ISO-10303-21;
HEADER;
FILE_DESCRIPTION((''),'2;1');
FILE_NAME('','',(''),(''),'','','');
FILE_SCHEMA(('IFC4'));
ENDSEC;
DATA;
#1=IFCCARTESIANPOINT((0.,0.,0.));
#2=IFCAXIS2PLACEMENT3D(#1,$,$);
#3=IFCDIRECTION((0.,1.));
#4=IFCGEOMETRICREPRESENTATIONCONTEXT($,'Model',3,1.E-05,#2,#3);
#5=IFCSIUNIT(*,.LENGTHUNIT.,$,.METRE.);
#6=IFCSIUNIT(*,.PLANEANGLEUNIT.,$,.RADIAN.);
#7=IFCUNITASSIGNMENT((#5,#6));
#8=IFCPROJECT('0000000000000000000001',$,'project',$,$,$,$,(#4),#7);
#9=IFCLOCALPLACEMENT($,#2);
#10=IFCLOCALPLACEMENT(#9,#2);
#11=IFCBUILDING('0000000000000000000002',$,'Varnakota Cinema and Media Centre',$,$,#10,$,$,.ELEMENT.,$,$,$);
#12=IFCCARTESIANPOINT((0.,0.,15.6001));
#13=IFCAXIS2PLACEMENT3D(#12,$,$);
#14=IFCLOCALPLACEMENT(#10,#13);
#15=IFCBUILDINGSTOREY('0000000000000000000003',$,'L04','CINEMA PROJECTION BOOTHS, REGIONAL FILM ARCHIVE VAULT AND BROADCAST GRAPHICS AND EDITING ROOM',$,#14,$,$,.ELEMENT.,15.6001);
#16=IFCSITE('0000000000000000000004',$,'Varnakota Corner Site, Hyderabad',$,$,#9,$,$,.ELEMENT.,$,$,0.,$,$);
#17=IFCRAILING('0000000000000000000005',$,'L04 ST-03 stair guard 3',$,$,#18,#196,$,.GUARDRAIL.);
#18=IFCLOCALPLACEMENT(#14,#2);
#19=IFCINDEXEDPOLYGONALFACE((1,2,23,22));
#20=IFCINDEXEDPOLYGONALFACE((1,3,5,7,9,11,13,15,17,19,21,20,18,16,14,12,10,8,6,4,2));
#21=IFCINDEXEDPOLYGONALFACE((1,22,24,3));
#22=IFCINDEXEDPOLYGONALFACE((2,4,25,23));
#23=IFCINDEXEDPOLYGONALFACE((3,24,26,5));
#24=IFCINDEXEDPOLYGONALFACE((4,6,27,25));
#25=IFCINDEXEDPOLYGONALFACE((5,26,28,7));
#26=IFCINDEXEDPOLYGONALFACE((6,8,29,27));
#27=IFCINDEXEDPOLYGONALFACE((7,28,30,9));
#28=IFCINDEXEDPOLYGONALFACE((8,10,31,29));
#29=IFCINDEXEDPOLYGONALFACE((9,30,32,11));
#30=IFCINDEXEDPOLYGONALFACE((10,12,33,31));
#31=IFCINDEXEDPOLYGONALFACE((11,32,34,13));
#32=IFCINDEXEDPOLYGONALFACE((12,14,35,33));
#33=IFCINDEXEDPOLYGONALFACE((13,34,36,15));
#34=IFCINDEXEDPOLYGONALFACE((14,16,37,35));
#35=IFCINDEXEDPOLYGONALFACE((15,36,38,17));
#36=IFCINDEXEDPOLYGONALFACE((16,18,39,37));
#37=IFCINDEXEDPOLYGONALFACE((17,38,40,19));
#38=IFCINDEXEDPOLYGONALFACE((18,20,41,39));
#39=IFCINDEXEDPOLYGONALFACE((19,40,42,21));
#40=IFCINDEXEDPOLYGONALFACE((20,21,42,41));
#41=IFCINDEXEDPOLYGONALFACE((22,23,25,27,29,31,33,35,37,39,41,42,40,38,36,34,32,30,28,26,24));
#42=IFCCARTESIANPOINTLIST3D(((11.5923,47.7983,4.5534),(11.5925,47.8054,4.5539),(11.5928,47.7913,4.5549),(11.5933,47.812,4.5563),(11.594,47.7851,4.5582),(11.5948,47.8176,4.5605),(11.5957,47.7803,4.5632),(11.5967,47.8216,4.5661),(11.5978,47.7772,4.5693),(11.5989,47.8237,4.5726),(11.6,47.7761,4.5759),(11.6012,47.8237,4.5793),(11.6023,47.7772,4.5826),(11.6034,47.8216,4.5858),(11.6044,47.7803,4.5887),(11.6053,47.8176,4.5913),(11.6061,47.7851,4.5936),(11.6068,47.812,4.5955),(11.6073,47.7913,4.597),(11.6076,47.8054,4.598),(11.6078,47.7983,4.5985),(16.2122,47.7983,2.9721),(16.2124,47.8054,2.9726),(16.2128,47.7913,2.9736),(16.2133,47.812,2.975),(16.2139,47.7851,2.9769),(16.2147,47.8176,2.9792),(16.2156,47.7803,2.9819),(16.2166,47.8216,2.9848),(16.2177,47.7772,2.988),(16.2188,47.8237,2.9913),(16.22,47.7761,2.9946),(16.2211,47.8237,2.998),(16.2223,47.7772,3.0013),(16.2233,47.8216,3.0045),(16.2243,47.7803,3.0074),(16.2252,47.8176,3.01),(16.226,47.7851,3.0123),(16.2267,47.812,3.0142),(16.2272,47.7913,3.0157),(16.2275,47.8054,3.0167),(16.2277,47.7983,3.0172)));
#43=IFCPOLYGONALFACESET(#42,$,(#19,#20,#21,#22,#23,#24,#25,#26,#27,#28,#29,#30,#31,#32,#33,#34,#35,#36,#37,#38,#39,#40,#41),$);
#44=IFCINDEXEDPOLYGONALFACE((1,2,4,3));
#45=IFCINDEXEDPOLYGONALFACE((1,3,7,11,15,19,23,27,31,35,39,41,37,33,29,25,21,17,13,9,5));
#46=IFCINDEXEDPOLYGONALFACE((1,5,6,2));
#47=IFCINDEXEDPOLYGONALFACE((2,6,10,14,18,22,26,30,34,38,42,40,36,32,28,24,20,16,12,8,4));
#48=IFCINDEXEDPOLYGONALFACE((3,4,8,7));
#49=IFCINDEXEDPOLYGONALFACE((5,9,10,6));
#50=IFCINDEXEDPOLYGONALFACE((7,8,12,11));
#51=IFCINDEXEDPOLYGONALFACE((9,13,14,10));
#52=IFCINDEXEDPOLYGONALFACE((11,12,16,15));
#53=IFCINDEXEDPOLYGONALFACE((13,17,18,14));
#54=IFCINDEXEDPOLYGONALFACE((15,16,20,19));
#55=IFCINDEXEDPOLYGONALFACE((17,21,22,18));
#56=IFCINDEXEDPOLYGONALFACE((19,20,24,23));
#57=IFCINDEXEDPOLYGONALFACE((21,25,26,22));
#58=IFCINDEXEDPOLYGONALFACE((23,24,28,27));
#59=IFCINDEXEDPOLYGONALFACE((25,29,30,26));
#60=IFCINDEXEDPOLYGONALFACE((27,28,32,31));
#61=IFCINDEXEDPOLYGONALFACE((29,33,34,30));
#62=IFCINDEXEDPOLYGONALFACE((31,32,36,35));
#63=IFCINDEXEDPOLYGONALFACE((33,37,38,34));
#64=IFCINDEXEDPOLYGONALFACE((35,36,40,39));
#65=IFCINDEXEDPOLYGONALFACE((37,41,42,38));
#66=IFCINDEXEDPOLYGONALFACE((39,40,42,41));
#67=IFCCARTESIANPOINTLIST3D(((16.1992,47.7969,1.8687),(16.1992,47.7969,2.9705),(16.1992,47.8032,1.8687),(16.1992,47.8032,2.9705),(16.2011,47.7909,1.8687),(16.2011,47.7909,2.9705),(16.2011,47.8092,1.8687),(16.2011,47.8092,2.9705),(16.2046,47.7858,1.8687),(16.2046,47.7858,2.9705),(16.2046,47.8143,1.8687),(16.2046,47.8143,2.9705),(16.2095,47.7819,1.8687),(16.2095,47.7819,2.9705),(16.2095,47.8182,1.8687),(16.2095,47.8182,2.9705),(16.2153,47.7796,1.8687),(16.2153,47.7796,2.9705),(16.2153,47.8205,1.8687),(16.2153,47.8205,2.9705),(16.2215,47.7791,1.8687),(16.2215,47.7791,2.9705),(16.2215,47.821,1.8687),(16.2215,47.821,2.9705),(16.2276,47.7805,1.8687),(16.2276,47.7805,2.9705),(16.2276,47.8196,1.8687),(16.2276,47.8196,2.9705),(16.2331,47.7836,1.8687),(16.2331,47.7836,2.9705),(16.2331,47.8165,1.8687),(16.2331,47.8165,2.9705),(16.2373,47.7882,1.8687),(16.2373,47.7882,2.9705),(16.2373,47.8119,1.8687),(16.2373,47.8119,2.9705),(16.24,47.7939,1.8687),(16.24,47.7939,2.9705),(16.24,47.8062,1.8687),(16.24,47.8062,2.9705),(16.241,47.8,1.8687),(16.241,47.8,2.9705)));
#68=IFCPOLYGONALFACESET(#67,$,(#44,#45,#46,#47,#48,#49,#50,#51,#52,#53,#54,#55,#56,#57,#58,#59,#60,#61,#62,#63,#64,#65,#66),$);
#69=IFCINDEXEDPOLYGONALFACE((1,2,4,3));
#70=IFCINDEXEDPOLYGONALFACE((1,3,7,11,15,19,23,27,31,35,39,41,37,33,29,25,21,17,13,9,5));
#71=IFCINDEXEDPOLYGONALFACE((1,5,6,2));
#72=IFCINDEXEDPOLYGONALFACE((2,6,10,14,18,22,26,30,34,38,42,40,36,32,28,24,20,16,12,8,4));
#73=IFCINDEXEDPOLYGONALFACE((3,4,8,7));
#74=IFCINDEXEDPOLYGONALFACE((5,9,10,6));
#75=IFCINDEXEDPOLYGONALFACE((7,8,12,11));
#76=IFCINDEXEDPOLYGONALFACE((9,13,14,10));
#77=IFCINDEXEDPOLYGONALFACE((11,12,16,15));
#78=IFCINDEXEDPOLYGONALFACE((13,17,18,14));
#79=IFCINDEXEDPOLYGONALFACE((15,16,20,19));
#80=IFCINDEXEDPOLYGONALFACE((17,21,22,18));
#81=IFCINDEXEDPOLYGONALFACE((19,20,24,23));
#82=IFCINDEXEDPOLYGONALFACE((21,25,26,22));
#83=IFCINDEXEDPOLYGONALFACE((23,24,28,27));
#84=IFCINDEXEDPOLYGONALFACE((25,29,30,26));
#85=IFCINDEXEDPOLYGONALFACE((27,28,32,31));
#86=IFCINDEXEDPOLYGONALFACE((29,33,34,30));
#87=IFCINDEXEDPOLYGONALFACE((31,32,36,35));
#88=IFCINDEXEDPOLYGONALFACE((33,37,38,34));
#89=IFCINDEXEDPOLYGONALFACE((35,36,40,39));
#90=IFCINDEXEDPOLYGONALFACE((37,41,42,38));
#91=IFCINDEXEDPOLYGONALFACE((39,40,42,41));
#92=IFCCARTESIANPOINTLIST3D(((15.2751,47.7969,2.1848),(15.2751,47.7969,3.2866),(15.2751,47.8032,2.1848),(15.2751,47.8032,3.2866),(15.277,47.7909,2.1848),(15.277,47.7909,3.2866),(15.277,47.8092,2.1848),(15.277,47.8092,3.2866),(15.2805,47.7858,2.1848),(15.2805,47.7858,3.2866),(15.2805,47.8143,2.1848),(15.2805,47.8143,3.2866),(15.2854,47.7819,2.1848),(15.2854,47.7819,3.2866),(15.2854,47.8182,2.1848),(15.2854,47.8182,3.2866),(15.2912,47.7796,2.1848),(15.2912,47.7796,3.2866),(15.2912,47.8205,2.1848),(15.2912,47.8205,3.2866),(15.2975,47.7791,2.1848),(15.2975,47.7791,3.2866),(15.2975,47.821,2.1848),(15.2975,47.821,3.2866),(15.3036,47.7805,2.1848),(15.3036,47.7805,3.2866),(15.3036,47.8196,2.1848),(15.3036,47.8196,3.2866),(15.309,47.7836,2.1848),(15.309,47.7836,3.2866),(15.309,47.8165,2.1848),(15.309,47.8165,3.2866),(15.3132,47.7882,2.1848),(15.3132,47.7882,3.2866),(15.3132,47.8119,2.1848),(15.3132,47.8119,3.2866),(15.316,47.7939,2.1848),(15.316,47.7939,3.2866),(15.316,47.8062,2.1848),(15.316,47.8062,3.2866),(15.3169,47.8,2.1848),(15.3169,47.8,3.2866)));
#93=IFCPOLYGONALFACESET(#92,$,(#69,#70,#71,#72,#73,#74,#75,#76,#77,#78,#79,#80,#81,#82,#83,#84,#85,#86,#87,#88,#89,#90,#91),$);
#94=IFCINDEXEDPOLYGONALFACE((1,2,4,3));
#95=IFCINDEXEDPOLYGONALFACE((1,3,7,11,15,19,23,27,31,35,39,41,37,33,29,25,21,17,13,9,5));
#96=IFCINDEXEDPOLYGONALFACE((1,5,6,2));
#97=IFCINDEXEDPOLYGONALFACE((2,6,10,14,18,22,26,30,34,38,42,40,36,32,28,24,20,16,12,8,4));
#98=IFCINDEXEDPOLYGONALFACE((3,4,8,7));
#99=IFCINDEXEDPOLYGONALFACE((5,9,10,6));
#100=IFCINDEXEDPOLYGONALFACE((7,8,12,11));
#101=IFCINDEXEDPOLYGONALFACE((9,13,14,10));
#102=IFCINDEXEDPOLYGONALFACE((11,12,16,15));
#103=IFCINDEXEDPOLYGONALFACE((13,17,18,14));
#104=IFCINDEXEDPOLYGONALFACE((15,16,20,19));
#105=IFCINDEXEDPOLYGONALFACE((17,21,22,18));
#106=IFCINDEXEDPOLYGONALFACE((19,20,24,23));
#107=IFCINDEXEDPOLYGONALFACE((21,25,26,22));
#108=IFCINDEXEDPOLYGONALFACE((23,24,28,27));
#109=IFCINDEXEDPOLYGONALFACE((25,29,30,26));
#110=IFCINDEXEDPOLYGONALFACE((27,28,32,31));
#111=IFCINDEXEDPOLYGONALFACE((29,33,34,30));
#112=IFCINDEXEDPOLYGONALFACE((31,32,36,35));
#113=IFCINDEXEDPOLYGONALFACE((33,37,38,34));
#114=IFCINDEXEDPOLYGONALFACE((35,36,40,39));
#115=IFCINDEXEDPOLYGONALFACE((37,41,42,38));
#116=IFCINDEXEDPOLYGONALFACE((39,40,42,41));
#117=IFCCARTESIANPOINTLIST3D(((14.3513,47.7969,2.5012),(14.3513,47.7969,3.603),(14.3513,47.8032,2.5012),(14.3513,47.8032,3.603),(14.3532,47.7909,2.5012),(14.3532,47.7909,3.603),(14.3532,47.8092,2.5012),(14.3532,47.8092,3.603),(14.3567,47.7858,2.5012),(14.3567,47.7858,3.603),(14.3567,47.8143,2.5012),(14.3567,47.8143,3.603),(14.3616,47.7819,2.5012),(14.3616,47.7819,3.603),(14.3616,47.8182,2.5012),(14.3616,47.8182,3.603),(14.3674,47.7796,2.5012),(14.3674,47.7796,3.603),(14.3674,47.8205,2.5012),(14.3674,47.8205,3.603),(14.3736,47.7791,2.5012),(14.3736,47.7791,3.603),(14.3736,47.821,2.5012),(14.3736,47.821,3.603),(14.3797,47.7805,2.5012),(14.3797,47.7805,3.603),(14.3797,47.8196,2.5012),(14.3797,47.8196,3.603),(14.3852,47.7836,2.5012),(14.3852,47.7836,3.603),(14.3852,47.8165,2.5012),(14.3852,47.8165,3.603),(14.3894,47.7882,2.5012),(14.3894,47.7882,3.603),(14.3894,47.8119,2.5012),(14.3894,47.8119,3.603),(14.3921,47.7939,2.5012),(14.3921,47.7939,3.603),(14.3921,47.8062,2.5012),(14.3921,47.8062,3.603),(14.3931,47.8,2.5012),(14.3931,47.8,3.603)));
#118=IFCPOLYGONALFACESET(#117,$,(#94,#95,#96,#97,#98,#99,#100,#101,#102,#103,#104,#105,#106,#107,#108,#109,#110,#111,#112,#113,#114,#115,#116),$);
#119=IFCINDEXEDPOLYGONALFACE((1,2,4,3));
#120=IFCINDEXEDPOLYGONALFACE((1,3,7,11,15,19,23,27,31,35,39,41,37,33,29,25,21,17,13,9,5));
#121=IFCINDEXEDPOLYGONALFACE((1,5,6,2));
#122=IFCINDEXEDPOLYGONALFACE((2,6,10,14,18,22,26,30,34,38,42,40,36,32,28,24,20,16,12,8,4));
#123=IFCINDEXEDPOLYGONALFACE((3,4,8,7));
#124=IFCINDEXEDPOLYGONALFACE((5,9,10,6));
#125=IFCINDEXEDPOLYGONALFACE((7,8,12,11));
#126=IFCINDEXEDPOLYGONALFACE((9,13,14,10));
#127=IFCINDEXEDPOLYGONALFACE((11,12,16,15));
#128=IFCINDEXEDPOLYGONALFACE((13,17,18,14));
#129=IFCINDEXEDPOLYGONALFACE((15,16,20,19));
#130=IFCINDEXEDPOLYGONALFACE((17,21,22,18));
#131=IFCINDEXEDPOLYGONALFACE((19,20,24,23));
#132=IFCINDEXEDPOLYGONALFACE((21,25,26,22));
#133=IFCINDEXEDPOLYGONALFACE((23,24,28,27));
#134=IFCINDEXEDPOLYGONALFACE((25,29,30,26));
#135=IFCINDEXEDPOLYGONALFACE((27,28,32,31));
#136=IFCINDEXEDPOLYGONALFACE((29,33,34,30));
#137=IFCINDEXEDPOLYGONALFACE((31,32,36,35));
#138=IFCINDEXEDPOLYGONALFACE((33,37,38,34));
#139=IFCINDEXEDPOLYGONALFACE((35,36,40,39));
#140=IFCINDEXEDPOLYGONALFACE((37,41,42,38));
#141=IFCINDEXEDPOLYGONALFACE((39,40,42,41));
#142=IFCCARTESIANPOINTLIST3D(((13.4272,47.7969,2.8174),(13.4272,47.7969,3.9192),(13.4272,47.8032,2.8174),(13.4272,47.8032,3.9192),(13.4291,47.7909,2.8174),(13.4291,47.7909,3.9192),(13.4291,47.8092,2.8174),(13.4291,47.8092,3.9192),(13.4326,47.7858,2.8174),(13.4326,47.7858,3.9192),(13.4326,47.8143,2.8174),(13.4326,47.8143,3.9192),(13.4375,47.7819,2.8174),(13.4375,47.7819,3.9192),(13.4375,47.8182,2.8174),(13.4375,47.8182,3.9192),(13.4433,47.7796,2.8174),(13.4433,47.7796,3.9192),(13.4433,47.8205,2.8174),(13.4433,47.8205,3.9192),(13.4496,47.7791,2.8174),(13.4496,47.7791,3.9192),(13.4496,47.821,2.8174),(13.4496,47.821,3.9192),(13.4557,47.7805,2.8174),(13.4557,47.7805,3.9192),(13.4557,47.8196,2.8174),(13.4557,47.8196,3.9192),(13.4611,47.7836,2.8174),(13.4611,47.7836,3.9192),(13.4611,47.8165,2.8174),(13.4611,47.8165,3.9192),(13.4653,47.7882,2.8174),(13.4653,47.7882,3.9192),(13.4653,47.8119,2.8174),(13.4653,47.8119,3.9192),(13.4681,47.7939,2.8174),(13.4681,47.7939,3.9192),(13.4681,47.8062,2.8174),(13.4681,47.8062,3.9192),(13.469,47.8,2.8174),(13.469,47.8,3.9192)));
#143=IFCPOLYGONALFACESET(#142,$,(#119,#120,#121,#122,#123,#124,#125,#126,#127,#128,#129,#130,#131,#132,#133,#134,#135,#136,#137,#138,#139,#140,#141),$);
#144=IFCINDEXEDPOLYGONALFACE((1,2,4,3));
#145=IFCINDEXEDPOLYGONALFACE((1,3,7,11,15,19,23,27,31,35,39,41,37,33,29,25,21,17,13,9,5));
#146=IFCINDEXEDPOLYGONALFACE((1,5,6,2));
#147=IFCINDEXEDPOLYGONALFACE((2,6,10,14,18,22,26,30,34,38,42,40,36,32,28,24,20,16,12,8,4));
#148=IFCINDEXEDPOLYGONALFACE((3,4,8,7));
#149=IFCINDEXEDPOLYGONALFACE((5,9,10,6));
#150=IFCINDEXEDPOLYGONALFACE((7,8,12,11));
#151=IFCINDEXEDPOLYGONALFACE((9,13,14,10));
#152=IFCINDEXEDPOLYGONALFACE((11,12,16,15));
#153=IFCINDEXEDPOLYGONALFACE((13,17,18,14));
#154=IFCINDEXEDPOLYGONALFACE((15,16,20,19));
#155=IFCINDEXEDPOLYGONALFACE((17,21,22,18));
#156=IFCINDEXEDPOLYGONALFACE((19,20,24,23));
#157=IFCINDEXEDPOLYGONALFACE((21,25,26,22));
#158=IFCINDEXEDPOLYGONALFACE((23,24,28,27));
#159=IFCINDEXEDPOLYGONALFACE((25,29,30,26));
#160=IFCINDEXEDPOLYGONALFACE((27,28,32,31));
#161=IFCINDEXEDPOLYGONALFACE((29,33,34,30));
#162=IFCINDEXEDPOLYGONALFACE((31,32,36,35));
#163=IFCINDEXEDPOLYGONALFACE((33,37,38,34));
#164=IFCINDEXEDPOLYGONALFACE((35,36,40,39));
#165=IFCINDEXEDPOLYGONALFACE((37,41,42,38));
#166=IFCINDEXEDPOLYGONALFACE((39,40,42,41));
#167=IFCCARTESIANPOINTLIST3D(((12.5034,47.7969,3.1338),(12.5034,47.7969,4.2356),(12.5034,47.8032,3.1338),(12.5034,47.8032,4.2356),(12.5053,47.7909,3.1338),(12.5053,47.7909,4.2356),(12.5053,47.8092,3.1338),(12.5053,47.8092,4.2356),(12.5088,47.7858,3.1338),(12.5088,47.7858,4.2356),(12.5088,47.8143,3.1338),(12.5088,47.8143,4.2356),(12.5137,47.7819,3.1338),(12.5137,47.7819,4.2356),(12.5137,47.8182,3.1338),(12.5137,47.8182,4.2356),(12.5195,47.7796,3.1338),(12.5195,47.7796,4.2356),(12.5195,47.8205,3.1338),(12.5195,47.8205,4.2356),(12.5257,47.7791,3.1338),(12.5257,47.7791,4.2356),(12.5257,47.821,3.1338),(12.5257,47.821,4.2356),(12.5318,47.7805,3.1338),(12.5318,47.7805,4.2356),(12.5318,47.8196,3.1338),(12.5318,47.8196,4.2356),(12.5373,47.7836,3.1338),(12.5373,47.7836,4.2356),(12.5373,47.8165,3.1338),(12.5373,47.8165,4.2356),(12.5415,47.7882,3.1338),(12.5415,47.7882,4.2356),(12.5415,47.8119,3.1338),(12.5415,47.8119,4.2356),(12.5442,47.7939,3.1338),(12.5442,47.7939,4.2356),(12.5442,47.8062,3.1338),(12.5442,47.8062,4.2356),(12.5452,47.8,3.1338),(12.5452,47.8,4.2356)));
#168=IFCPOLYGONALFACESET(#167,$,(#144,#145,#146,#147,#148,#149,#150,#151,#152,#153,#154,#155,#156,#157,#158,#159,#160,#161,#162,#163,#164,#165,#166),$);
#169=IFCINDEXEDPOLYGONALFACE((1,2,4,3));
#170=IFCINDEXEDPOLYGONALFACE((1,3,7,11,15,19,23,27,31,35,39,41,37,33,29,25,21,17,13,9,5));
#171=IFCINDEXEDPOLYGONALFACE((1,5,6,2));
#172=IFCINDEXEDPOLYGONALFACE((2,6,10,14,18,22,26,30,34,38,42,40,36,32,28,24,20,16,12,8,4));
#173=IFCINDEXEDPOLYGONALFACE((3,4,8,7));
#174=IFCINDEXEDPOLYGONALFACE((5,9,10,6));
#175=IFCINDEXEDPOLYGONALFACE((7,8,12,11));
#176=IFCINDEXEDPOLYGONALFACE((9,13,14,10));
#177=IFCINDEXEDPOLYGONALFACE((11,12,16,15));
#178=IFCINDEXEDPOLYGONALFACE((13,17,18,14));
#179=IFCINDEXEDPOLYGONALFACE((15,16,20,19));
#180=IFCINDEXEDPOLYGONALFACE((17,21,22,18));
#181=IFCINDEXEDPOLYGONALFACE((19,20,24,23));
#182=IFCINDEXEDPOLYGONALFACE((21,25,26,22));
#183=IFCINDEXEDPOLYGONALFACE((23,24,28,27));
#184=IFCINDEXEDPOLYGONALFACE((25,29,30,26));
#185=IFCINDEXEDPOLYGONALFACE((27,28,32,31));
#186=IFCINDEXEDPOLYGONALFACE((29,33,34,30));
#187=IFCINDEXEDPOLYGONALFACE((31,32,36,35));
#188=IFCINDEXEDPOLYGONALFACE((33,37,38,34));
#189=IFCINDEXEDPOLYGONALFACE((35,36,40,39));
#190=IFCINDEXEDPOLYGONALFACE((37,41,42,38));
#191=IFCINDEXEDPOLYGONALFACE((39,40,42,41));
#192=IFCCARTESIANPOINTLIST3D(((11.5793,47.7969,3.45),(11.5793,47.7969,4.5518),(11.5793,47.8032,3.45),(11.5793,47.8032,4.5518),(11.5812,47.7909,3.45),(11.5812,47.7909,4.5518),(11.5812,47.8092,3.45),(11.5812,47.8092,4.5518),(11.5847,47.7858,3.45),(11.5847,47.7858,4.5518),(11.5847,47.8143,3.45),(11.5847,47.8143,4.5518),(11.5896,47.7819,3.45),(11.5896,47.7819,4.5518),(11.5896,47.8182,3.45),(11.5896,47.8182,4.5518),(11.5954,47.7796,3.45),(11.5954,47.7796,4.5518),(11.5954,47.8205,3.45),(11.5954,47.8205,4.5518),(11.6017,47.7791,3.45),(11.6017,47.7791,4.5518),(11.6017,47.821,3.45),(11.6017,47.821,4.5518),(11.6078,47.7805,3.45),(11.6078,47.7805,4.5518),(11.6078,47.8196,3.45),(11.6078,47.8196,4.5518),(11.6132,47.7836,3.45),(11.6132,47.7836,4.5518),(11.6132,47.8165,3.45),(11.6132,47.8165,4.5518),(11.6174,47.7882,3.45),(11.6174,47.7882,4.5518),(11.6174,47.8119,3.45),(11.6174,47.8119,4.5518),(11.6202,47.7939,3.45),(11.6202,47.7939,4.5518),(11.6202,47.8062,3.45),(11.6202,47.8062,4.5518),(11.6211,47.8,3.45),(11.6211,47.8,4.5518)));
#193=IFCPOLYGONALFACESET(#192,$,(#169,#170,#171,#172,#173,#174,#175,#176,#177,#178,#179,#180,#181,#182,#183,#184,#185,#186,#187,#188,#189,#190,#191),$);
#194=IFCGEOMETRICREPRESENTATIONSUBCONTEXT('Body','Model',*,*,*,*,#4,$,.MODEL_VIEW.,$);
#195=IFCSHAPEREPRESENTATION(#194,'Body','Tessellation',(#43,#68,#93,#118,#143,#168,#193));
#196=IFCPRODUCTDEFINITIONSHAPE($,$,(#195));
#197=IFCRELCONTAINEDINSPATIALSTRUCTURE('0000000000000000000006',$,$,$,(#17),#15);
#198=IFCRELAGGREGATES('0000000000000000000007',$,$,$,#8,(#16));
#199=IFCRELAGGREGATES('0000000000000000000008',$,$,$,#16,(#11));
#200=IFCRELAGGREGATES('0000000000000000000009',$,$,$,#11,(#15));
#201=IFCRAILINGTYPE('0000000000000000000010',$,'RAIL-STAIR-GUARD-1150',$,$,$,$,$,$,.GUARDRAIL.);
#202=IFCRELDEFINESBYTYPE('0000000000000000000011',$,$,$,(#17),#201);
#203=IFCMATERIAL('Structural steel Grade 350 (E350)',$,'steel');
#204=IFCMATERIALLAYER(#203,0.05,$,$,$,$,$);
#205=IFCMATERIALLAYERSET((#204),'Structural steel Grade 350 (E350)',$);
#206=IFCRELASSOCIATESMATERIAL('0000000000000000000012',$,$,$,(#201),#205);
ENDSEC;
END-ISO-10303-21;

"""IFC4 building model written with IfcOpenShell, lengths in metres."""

from ifc_helpers import new_model, si_unit, direction, frame, origin, origin_2d, place, context, subcontext, project, spatial, circle, extrude, material, layer, layer_set, type_object, element, save


model = new_model("IFC4")

# Units and contexts
model_context = context("Model", 3, precision=1e-05, world=origin(), true_north=direction((0.0, 1.0)))
body_context = subcontext(model_context, "Body", "Model", "MODEL_VIEW")
ifc_project = project(units=[si_unit("LENGTHUNIT", "METRE"), si_unit("PLANEANGLEUNIT", "RADIAN")], contexts=[model_context])

# Site, building, storey
site_placement = place(None, origin())
site = spatial("IfcSite", under=ifc_project, at=site_placement, Name="Varnakota Corner Site, Hyderabad", CompositionType="ELEMENT", RefElevation=0.0)
building_placement = place(site_placement, origin())
building = spatial("IfcBuilding", under=site, at=building_placement, Name="Varnakota Cinema and Media Centre", CompositionType="ELEMENT")
storey_placement = place(building_placement, frame((0.0, 0.0, 15.6001)))
storey = spatial("IfcBuildingStorey", under=building, at=storey_placement, Name="L04", Description="CINEMA PROJECTION BOOTHS, REGIONAL FILM ARCHIVE VAULT AND BROADCAST GRAPHICS AND EDITING ROOM", CompositionType="ELEMENT", Elevation=15.6001)

# Railing
ifc_material_1 = material(Name="Structural steel Grade 350 (E350)", Category="steel")
ifc_layer_1 = layer(ifc_material_1, 0.05)
ifc_layer_set_1 = layer_set([ifc_layer_1], Name="Structural steel Grade 350 (E350)")
railing_type_1 = type_object("IfcRailingType", Name="RAIL-STAIR-GUARD-1150", PredefinedType="GUARDRAIL", material=ifc_layer_set_1)
railing_1_placement = place(storey_placement, frame((16.22, 47.8, 1.8687)))
element("IfcRailing", 1, at=railing_1_placement, inside=storey, type_object=railing_type_1, Name="L04 ST-03 stair guard 3", PredefinedType="GUARDRAIL", context=body_context, shape_type="SweptSolid", body=[
    extrude(circle(Radius=0.0239, at=origin_2d()), frame((0.0, 0.0, 1.126), z_axis=(-0.946113, 0.0, 0.323837), x_axis=(0.0, -1.0, 0.0)), (0.0, 0.0, 1.0), 4.8831),
    extrude(circle(Radius=0.021, at=origin_2d()), origin(), (0.0, 0.0, 1.0), 1.1018),
    extrude(circle(Radius=0.021, at=origin_2d()), frame((-0.9241, 0.0, 0.3162)), (0.0, 0.0, 1.0), 1.1018),
    extrude(circle(Radius=0.021, at=origin_2d()), frame((-1.8479, 0.0, 0.6326)), (0.0, 0.0, 1.0), 1.1018),
    extrude(circle(Radius=0.021, at=origin_2d()), frame((-2.772, 0.0, 0.9487)), (0.0, 0.0, 1.0), 1.1018),
    extrude(circle(Radius=0.021, at=origin_2d()), frame((-3.6958, 0.0, 1.2651)), (0.0, 0.0, 1.0), 1.1018),
    extrude(circle(Radius=0.021, at=origin_2d()), frame((-4.6199, 0.0, 1.5813)), (0.0, 0.0, 1.0), 1.1018),
])

save(model, "model.ifc")
